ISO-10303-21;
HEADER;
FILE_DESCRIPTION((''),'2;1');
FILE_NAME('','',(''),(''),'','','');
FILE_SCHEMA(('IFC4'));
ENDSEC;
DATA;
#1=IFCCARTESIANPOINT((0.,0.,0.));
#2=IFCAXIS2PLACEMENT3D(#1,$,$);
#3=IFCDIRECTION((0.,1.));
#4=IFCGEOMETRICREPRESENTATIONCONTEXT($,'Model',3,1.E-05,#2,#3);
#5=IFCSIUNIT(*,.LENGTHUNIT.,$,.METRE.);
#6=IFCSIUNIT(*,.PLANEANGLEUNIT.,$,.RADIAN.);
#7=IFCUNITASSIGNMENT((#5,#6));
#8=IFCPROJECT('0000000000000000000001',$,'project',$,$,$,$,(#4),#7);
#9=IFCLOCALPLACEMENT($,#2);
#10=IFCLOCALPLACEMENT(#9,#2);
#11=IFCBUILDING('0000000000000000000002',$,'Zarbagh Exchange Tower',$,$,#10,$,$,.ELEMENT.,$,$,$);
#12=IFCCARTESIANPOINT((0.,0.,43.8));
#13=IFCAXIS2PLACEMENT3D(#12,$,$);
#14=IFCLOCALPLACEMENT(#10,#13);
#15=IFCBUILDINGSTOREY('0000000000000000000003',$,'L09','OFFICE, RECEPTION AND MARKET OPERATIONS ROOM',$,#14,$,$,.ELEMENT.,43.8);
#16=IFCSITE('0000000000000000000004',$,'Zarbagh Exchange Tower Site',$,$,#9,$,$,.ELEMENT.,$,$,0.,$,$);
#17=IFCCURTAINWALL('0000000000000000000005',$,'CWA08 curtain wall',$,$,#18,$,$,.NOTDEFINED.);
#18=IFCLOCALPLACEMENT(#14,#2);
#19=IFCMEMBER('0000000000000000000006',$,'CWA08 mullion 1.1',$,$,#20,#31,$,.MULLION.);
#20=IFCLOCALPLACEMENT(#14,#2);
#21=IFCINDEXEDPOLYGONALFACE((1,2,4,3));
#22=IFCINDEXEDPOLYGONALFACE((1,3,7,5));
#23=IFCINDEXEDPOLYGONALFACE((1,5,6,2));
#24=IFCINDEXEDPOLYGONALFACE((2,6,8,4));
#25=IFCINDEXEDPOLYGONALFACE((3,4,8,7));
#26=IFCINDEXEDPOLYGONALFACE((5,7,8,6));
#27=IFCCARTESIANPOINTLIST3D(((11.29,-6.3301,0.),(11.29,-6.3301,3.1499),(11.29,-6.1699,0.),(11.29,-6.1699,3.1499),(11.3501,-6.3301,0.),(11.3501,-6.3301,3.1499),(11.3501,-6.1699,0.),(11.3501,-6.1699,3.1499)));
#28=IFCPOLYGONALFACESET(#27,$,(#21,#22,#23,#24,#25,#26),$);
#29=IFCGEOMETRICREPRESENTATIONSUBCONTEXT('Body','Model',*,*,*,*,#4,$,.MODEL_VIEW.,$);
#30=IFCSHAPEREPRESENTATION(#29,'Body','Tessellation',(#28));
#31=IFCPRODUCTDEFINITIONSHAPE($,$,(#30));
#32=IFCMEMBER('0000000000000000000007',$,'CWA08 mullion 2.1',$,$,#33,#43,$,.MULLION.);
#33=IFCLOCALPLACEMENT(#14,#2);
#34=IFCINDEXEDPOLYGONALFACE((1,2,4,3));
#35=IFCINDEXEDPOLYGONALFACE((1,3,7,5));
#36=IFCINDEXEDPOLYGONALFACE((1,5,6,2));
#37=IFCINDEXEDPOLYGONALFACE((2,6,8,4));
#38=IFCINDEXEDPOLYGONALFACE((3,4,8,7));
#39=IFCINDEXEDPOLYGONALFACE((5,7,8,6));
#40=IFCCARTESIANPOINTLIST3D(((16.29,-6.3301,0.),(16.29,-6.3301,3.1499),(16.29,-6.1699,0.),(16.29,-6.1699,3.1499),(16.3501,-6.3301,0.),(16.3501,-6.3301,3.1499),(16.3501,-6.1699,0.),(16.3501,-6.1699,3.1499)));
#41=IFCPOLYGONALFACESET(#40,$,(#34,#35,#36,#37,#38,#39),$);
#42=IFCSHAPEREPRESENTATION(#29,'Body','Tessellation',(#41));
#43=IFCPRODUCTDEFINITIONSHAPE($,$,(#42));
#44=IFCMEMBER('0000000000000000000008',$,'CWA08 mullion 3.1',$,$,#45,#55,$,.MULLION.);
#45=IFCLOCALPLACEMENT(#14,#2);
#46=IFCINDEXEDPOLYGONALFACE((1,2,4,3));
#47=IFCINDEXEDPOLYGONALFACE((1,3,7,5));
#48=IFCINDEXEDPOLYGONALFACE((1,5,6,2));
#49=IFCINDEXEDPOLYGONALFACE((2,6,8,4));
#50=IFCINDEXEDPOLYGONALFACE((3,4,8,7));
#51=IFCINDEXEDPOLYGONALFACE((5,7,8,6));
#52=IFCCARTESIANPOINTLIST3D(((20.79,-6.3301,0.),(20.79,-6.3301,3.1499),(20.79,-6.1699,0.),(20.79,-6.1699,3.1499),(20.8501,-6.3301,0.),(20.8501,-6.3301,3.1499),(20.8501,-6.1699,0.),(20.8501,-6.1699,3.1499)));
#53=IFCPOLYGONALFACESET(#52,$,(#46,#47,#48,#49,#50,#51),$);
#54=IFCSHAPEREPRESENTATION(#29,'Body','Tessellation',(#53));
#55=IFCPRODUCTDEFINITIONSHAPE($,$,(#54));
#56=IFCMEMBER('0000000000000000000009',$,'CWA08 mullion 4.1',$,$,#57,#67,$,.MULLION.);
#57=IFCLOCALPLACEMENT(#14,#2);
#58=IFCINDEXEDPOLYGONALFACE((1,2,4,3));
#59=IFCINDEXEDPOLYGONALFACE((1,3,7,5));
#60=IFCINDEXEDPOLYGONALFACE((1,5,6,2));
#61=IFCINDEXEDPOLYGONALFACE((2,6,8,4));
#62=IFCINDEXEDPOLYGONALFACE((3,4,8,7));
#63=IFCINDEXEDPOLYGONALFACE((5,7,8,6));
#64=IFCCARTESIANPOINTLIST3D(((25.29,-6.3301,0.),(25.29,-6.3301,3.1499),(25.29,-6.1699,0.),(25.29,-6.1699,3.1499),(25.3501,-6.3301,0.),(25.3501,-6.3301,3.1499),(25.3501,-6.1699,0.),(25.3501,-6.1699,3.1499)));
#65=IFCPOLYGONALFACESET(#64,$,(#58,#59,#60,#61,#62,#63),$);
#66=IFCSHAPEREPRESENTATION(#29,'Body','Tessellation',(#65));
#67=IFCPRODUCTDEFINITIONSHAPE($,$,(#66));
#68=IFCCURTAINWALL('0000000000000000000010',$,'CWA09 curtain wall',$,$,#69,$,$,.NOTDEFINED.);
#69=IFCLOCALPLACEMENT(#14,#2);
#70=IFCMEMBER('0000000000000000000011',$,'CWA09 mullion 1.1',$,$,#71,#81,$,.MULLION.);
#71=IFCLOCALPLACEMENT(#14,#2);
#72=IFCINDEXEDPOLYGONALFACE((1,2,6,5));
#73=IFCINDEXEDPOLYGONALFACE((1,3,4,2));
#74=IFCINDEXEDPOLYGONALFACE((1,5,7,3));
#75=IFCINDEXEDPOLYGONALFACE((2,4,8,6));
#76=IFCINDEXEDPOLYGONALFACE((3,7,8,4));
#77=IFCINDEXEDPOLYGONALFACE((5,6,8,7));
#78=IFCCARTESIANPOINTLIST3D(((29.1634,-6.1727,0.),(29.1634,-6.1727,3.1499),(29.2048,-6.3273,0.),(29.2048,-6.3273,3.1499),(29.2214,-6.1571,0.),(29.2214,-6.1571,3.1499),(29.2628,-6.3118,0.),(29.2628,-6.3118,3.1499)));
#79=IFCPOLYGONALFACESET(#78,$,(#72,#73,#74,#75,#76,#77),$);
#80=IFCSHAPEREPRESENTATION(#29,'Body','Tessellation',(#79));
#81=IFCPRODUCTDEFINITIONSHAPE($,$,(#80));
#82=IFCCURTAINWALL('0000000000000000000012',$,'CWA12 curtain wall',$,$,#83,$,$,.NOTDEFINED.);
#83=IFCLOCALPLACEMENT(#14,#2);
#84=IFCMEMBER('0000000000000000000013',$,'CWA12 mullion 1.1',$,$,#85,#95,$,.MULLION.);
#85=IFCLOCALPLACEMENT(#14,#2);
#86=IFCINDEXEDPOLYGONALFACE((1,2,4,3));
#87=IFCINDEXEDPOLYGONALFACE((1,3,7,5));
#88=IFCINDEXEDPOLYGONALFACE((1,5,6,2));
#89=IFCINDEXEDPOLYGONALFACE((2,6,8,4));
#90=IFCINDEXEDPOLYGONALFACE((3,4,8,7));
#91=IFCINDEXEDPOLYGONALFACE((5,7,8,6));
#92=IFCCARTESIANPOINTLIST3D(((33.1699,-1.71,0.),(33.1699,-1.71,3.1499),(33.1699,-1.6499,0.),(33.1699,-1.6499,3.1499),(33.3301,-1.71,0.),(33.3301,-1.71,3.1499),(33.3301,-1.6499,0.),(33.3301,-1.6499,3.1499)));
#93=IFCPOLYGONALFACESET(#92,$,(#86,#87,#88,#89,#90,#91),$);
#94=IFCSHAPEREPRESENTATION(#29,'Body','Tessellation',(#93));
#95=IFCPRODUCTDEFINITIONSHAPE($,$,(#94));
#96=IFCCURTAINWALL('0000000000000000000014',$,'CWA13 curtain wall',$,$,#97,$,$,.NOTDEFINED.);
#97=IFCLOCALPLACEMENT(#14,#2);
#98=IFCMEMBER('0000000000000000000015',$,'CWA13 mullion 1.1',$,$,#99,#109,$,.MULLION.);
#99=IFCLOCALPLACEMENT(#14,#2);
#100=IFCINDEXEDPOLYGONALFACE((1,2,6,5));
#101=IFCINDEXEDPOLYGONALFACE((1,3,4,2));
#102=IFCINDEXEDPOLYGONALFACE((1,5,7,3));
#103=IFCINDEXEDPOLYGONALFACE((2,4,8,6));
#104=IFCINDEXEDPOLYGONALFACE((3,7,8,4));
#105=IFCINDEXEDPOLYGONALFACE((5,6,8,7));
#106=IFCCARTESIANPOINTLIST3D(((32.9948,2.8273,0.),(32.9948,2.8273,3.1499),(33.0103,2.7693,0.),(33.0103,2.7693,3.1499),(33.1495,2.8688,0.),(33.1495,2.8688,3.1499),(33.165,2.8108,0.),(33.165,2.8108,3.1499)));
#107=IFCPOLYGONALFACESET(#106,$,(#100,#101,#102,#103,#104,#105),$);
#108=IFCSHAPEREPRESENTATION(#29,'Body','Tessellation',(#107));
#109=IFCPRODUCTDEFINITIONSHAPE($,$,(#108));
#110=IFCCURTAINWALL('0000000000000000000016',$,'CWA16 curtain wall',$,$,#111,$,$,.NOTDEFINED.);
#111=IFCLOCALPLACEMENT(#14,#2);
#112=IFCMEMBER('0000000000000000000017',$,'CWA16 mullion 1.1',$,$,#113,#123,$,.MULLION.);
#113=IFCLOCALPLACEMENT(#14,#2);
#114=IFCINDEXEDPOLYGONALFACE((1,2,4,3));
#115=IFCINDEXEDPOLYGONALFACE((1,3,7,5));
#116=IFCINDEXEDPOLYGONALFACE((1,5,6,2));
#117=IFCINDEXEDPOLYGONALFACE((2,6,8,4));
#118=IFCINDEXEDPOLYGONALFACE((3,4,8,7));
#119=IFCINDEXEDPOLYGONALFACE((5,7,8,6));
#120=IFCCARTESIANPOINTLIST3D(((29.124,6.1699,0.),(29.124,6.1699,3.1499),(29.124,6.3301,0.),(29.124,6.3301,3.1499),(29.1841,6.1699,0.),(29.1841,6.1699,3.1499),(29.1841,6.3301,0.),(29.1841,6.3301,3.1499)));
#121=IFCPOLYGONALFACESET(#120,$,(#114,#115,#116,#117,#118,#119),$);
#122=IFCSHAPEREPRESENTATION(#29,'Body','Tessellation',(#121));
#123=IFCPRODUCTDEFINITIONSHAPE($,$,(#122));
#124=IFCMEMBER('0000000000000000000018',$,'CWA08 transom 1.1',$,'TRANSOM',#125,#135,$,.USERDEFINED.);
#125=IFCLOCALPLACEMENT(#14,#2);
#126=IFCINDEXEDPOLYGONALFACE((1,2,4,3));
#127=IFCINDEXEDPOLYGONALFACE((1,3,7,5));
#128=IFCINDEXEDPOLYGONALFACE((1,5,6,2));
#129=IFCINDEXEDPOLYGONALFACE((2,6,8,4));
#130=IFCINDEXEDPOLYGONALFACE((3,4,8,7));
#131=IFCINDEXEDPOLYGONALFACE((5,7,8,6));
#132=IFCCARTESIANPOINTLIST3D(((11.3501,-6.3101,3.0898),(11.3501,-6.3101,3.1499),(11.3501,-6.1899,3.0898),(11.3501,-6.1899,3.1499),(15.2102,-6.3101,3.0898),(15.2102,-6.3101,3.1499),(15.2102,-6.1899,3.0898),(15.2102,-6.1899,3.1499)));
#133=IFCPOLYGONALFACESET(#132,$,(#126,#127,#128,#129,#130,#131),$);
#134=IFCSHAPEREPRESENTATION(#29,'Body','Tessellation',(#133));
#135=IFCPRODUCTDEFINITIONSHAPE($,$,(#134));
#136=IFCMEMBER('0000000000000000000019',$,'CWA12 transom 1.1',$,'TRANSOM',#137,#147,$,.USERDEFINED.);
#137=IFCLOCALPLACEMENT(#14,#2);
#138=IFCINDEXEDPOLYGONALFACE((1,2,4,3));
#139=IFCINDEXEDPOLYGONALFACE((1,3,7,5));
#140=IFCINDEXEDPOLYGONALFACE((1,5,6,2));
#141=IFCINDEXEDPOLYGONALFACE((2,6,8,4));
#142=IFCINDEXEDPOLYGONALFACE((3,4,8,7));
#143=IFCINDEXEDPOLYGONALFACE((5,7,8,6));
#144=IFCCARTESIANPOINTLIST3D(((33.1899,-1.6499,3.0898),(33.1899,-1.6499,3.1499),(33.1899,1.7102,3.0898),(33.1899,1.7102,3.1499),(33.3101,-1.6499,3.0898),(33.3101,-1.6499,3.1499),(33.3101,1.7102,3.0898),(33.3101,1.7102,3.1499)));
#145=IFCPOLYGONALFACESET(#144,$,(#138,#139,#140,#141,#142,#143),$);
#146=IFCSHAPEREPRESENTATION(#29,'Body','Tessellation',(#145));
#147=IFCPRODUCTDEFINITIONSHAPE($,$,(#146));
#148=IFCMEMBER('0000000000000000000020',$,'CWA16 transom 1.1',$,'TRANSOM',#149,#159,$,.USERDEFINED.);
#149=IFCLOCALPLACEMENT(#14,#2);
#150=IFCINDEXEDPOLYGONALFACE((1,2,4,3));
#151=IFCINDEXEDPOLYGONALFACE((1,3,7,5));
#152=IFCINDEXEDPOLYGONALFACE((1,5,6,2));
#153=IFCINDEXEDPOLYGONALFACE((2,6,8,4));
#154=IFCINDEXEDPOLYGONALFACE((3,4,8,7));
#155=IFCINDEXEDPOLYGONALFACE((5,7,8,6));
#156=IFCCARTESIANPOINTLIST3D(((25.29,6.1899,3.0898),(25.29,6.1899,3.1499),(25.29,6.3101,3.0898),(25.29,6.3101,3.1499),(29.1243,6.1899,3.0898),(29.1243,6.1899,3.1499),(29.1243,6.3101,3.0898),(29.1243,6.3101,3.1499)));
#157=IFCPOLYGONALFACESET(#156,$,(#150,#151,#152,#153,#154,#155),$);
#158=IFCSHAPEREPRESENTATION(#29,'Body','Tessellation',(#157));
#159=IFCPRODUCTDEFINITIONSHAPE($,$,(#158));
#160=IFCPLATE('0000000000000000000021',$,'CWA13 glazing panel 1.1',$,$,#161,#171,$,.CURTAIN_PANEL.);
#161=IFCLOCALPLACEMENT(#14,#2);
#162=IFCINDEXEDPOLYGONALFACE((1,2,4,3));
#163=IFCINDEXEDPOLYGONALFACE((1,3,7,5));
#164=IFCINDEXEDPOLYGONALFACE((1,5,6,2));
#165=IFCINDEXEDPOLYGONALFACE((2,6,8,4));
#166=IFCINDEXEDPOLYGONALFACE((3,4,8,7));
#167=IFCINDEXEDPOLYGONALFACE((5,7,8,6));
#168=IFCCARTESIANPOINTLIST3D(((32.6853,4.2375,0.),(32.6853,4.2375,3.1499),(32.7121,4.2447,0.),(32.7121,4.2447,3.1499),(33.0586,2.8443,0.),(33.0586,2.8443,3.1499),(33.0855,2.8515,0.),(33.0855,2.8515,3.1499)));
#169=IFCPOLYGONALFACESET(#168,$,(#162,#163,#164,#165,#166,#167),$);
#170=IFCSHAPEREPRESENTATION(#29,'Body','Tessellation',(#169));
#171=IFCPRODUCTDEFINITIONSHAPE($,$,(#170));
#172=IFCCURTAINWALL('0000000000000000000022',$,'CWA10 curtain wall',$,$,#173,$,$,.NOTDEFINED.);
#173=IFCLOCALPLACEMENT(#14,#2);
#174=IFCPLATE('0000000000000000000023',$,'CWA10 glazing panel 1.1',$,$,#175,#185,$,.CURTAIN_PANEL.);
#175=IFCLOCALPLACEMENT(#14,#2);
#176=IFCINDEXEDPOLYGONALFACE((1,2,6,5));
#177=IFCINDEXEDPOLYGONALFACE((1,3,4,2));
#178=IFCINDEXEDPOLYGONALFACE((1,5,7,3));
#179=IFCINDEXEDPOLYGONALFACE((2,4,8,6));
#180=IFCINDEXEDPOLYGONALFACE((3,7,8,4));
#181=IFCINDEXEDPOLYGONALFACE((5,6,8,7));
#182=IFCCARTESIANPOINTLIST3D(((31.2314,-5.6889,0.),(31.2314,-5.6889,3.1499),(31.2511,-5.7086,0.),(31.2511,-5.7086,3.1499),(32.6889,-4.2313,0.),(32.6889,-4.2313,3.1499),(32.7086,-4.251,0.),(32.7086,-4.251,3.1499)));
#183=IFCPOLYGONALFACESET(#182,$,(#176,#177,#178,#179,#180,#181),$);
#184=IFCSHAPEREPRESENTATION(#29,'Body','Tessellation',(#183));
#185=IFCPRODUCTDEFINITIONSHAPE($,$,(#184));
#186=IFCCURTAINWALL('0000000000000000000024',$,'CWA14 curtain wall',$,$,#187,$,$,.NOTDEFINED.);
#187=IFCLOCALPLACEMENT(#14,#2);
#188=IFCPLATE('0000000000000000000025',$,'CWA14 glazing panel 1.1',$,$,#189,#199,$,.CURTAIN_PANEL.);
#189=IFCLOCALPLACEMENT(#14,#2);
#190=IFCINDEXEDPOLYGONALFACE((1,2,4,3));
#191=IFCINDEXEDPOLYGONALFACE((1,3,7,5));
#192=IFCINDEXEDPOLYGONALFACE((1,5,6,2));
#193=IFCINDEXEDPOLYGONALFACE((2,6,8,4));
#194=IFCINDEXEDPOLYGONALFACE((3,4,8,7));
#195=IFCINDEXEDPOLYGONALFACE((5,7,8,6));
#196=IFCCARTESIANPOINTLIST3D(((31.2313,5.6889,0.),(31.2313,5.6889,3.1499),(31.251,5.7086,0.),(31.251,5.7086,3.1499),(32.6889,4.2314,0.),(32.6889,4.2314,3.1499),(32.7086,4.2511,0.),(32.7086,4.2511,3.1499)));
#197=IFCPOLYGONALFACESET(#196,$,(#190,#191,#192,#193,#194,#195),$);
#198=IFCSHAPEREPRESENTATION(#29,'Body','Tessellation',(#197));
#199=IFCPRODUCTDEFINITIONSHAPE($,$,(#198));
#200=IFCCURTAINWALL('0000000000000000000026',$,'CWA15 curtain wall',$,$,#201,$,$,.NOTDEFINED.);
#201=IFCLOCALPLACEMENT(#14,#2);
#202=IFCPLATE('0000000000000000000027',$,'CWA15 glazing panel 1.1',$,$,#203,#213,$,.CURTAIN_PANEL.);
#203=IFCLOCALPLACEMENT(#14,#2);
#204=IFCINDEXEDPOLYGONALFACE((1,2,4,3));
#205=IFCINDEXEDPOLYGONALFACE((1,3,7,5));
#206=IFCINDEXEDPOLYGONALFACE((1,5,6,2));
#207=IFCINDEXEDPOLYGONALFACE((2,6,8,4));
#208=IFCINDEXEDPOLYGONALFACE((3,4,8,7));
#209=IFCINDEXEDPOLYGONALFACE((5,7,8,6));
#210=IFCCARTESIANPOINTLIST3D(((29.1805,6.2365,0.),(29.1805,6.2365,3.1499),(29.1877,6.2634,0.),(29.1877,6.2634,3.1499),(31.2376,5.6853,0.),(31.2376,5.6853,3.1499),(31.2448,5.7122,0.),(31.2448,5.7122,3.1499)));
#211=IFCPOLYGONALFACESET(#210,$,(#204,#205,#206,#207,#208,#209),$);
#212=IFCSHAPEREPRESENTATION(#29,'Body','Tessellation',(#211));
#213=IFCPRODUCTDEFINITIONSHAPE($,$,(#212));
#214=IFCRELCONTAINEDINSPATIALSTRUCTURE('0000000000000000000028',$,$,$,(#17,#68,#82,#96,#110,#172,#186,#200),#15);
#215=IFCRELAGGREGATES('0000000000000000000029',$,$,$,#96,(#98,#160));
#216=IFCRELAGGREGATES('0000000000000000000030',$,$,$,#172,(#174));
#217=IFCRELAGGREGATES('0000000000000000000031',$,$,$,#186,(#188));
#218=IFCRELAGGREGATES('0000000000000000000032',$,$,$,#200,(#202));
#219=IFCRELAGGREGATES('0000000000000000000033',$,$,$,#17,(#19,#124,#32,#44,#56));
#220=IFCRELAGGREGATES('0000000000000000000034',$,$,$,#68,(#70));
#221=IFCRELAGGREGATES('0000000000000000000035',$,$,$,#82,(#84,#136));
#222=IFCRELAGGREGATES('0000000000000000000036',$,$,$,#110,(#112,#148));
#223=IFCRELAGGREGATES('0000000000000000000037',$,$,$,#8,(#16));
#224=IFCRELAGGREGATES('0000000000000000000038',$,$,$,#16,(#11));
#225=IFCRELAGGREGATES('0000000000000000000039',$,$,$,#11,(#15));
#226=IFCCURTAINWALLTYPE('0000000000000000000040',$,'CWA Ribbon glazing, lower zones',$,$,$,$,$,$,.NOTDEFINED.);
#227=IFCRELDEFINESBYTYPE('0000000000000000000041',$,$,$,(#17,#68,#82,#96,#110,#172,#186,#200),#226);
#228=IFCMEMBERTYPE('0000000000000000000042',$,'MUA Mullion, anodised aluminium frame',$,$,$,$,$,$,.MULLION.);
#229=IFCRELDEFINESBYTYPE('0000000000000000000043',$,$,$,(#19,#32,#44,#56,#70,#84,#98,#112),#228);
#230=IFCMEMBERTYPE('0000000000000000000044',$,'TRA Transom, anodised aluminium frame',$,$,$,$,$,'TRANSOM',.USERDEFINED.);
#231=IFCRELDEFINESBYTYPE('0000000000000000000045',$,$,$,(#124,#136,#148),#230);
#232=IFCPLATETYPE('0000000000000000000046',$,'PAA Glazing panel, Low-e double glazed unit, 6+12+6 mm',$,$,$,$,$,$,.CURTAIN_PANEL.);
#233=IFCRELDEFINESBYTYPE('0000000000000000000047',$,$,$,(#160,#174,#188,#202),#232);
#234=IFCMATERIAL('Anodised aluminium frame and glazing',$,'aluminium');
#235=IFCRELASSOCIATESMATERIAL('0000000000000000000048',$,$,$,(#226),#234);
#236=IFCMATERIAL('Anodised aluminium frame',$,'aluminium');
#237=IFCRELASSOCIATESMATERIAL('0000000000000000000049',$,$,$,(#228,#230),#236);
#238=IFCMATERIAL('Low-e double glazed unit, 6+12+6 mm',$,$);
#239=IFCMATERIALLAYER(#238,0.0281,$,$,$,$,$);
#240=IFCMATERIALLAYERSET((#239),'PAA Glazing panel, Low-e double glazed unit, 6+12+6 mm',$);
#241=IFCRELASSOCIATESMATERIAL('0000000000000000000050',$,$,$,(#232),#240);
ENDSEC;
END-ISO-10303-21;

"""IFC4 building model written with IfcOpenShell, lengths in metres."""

from ifc_helpers import new_model, si_unit, direction, frame, origin, place, context, subcontext, project, spatial, polyline, outline, extrude, source, transform, mapped, material, layer, layer_set, type_object, element, aggregate, save


model = new_model("IFC4")

# Units and contexts
model_context = context("Model", 3, precision=1e-05, world=origin(), true_north=direction((0.0, 1.0)))
body_context = subcontext(model_context, "Body", "Model", "MODEL_VIEW")
ifc_project = project(units=[si_unit("LENGTHUNIT", "METRE"), si_unit("PLANEANGLEUNIT", "RADIAN")], contexts=[model_context])

# Site, building, storey
site_placement = place(None, origin())
site = spatial("IfcSite", under=ifc_project, at=site_placement, Name="Zarbagh Exchange Tower Site", CompositionType="ELEMENT", RefElevation=0.0)
building_placement = place(site_placement, origin())
building = spatial("IfcBuilding", under=site, at=building_placement, Name="Zarbagh Exchange Tower", CompositionType="ELEMENT")
storey_placement = place(building_placement, frame((0.0, 0.0, 43.8)))
storey = spatial("IfcBuildingStorey", under=building, at=storey_placement, Name="L09", Description="OFFICE, RECEPTION AND MARKET OPERATIONS ROOM", CompositionType="ELEMENT", Elevation=43.8)

# Curtain wall, members
ifc_material_1 = material(Name="Anodised aluminium frame and glazing", Category="aluminium")
curtain_wall_type = type_object("IfcCurtainWallType", Name="CWA Ribbon glazing, lower zones", PredefinedType="NOTDEFINED", material=ifc_material_1)
curtain_wall_1_placement = place(storey_placement, origin())
curtain_wall_1 = element("IfcCurtainWall", 1, at=curtain_wall_1_placement, inside=storey, type_object=curtain_wall_type, Name="CWA08 curtain wall", PredefinedType="NOTDEFINED")
ifc_material_2 = material(Name="Anodised aluminium frame", Category="aluminium")
member_type_1 = type_object("IfcMemberType", Name="MUA Mullion, anodised aluminium frame", PredefinedType="MULLION", material=ifc_material_2)
shared_shape_1 = source(origin(), body_context, "Body", "SweptSolid", [
    extrude(outline(polyline([(0.0, -0.0801), (0.0601, -0.0801), (0.0601, 0.0801), (0.0, 0.0801), (0.0, -0.0801)])), origin(), (0.0, 0.0, 1.0), 3.1499),
])
placement = place(storey_placement, origin())
member_1 = element("IfcMember", 2, at=placement, type_object=member_type_1, Name="CWA08 mullion 1.1", PredefinedType="MULLION", context=body_context, shape_type="MappedRepresentation", body=[
    mapped(shared_shape_1, transform((11.29, -6.25, 0.0), x_axis=(1.0, 0.0, 0.0), y_axis=(0.0, 1.0, 0.0), z_axis=(0.0, 0.0, 1.0))),
])
member_2 = element("IfcMember", 3, at=placement, type_object=member_type_1, Name="CWA08 mullion 2.1", PredefinedType="MULLION", context=body_context, shape_type="MappedRepresentation", body=[
    mapped(shared_shape_1, transform((16.29, -6.25, 0.0), x_axis=(1.0, 0.0, 0.0), y_axis=(0.0, 1.0, 0.0), z_axis=(0.0, 0.0, 1.0))),
])
member_3 = element("IfcMember", 4, at=placement, type_object=member_type_1, Name="CWA08 mullion 3.1", PredefinedType="MULLION", context=body_context, shape_type="MappedRepresentation", body=[
    mapped(shared_shape_1, transform((20.79, -6.25, 0.0), x_axis=(1.0, 0.0, 0.0), y_axis=(0.0, 1.0, 0.0), z_axis=(0.0, 0.0, 1.0))),
])
member_4 = element("IfcMember", 5, at=placement, type_object=member_type_1, Name="CWA08 mullion 4.1", PredefinedType="MULLION", context=body_context, shape_type="MappedRepresentation", body=[
    mapped(shared_shape_1, transform((25.29, -6.25, 0.0), x_axis=(1.0, 0.0, 0.0), y_axis=(0.0, 1.0, 0.0), z_axis=(0.0, 0.0, 1.0))),
])

# Curtain walls, members
curtain_wall_2_placement = place(storey_placement, origin())
curtain_wall_2 = element("IfcCurtainWall", 6, at=curtain_wall_2_placement, inside=storey, type_object=curtain_wall_type, Name="CWA09 curtain wall", PredefinedType="NOTDEFINED")
member_5 = element("IfcMember", 7, at=placement, type_object=member_type_1, Name="CWA09 mullion 1.1", PredefinedType="MULLION", context=body_context, shape_type="MappedRepresentation", body=[
    mapped(shared_shape_1, transform((29.1841, -6.25, 0.0), x_axis=(0.965924, 0.258825, 0.0), y_axis=(-0.258825, 0.965924, 0.0), z_axis=(0.0, 0.0, 1.0))),
])
curtain_wall_3_placement = place(storey_placement, origin())
curtain_wall_3 = element("IfcCurtainWall", 8, at=curtain_wall_3_placement, inside=storey, type_object=curtain_wall_type, Name="CWA12 curtain wall", PredefinedType="NOTDEFINED")
member_6 = element("IfcMember", 9, at=placement, type_object=member_type_1, Name="CWA12 mullion 1.1", PredefinedType="MULLION", context=body_context, shape_type="MappedRepresentation", body=[
    mapped(shared_shape_1, transform((33.25, -1.71, 0.0), x_axis=(0.0, 1.0, 0.0), y_axis=(-1.0, 0.0, 0.0), z_axis=(0.0, 0.0, 1.0))),
])
curtain_wall_4_placement = place(storey_placement, origin())
curtain_wall_4 = element("IfcCurtainWall", 10, at=curtain_wall_4_placement, inside=storey, type_object=curtain_wall_type, Name="CWA13 curtain wall", PredefinedType="NOTDEFINED")
member_7 = element("IfcMember", 11, at=placement, type_object=member_type_1, Name="CWA13 mullion 1.1", PredefinedType="MULLION", context=body_context, shape_type="MappedRepresentation", body=[
    mapped(shared_shape_1, transform((33.0876, 2.79, 0.0), x_axis=(-0.258825, 0.965924, 0.0), y_axis=(-0.965924, -0.258825, 0.0), z_axis=(0.0, 0.0, 1.0))),
])
curtain_wall_5_placement = place(storey_placement, origin())
curtain_wall_5 = element("IfcCurtainWall", 12, at=curtain_wall_5_placement, inside=storey, type_object=curtain_wall_type, Name="CWA16 curtain wall", PredefinedType="NOTDEFINED")
member_8 = element("IfcMember", 13, at=placement, type_object=member_type_1, Name="CWA16 mullion 1.1", PredefinedType="MULLION", context=body_context, shape_type="MappedRepresentation", body=[
    mapped(shared_shape_1, transform((29.1841, 6.25, 0.0), x_axis=(-1.0, 0.0, 0.0), y_axis=(0.0, -1.0, 0.0), z_axis=(0.0, 0.0, 1.0))),
])

# Members
member_type_2 = type_object("IfcMemberType", Name="TRA Transom, anodised aluminium frame", ElementType="TRANSOM", PredefinedType="USERDEFINED", material=ifc_material_2)
shared_shape_2 = source(origin(), body_context, "Body", "SweptSolid", [
    extrude(outline(polyline([(-0.0601, -0.0601), (0.0, -0.0601), (0.0, 0.0601), (-0.0601, 0.0601), (-0.0601, -0.0601)])), origin(), (0.0, 0.0, 1.0), 3.8601),
])
member_9 = element("IfcMember", 14, at=placement, type_object=member_type_2, Name="CWA08 transom 1.1", ObjectType="TRANSOM", PredefinedType="USERDEFINED", context=body_context, shape_type="MappedRepresentation", body=[
    mapped(shared_shape_2, transform((11.3501, -6.25, 3.1499), x_axis=(0.0, 0.0, 1.0), y_axis=(0.0, -1.0, 0.0), z_axis=(1.0, 0.0, 0.0))),
])
shared_shape_3 = source(origin(), body_context, "Body", "SweptSolid", [
    extrude(outline(polyline([(-0.0601, -0.0601), (0.0, -0.0601), (0.0, 0.0601), (-0.0601, 0.0601), (-0.0601, -0.0601)])), origin(), (0.0, 0.0, 1.0), 3.3601),
])
member_10 = element("IfcMember", 15, at=placement, type_object=member_type_2, Name="CWA12 transom 1.1", ObjectType="TRANSOM", PredefinedType="USERDEFINED", context=body_context, shape_type="MappedRepresentation", body=[
    mapped(shared_shape_3, transform((33.25, -1.6499, 3.1499), x_axis=(0.0, 0.0, 1.0), y_axis=(1.0, 0.0, 0.0), z_axis=(0.0, 1.0, 0.0))),
])
shared_shape_4 = source(origin(), body_context, "Body", "SweptSolid", [
    extrude(outline(polyline([(-0.0601, -0.0601), (0.0, -0.0601), (0.0, 0.0601), (-0.0601, 0.0601), (-0.0601, -0.0601)])), origin(), (0.0, 0.0, 1.0), 3.8342),
])
member_11 = element("IfcMember", 16, at=placement, type_object=member_type_2, Name="CWA16 transom 1.1", ObjectType="TRANSOM", PredefinedType="USERDEFINED", context=body_context, shape_type="MappedRepresentation", body=[
    mapped(shared_shape_4, transform((29.1243, 6.25, 3.1499), x_axis=(0.0, 0.0, 1.0), y_axis=(0.0, 1.0, 0.0), z_axis=(-1.0, 0.0, 0.0))),
])

# Plate
ifc_material_3 = material(Name="Low-e double glazed unit, 6+12+6 mm")
ifc_layer = layer(ifc_material_3, 0.0281)
ifc_layer_set = layer_set([ifc_layer], Name="PAA Glazing panel, Low-e double glazed unit, 6+12+6 mm")
plate_type = type_object("IfcPlateType", Name="PAA Glazing panel, Low-e double glazed unit, 6+12+6 mm", PredefinedType="CURTAIN_PANEL", material=ifc_layer_set)
shared_shape_5 = source(origin(), body_context, "Body", "SweptSolid", [
    extrude(outline(polyline([(0.0, -0.0139), (1.4424, -0.0139), (1.4424, 0.0139), (0.0, 0.0139), (0.0, -0.0139)])), origin(), (0.0, 0.0, 1.0), 3.1499),
])
plate_1 = element("IfcPlate", 17, at=placement, type_object=plate_type, Name="CWA13 glazing panel 1.1", PredefinedType="CURTAIN_PANEL", context=body_context, shape_type="MappedRepresentation", body=[
    mapped(shared_shape_5, transform((33.072, 2.8479, 0.0), x_axis=(-0.258825, 0.965924, 0.0), y_axis=(-0.965924, -0.258825, 0.0), z_axis=(0.0, 0.0, 1.0))),
])
aggregate(curtain_wall_4, [member_7, plate_1])

# Curtain walls, plates
curtain_wall_6_placement = place(storey_placement, origin())
curtain_wall_6 = element("IfcCurtainWall", 18, at=curtain_wall_6_placement, inside=storey, type_object=curtain_wall_type, Name="CWA10 curtain wall", PredefinedType="NOTDEFINED")
shared_shape_6 = source(origin(), body_context, "Body", "SweptSolid", [
    extrude(outline(polyline([(0.0, -0.0139), (2.0613, -0.0139), (2.0613, 0.0139), (0.0, 0.0139), (0.0, -0.0139)])), origin(), (0.0, 0.0, 1.0), 3.1499),
])
plate_2 = element("IfcPlate", 19, at=placement, type_object=plate_type, Name="CWA10 glazing panel 1.1", PredefinedType="CURTAIN_PANEL", context=body_context, shape_type="MappedRepresentation", body=[
    mapped(shared_shape_6, transform((31.2412, -5.6987, 0.0), x_axis=(0.707107, 0.707107, 0.0), y_axis=(-0.707107, 0.707107, 0.0), z_axis=(0.0, 0.0, 1.0))),
])
aggregate(curtain_wall_6, [plate_2])
curtain_wall_7_placement = place(storey_placement, origin())
curtain_wall_7 = element("IfcCurtainWall", 20, at=curtain_wall_7_placement, inside=storey, type_object=curtain_wall_type, Name="CWA14 curtain wall", PredefinedType="NOTDEFINED")
plate_3 = element("IfcPlate", 21, at=placement, type_object=plate_type, Name="CWA14 glazing panel 1.1", PredefinedType="CURTAIN_PANEL", context=body_context, shape_type="MappedRepresentation", body=[
    mapped(shared_shape_6, transform((32.6987, 4.2412, 0.0), x_axis=(-0.707107, 0.707107, 0.0), y_axis=(-0.707107, -0.707107, 0.0), z_axis=(0.0, 0.0, 1.0))),
])
aggregate(curtain_wall_7, [plate_3])
curtain_wall_8_placement = place(storey_placement, origin())
curtain_wall_8 = element("IfcCurtainWall", 22, at=curtain_wall_8_placement, inside=storey, type_object=curtain_wall_type, Name="CWA15 curtain wall", PredefinedType="NOTDEFINED")
shared_shape_7 = source(origin(), body_context, "Body", "SweptSolid", [
    extrude(outline(polyline([(0.0, -0.0139), (2.1296, -0.0139), (2.1296, 0.0139), (0.0, 0.0139), (0.0, -0.0139)])), origin(), (0.0, 0.0, 1.0), 3.1499),
])
plate_4 = element("IfcPlate", 23, at=placement, type_object=plate_type, Name="CWA15 glazing panel 1.1", PredefinedType="CURTAIN_PANEL", context=body_context, shape_type="MappedRepresentation", body=[
    mapped(shared_shape_7, transform((31.2412, 5.6987, 0.0), x_axis=(-0.965924, 0.258825, 0.0), y_axis=(-0.258825, -0.965924, 0.0), z_axis=(0.0, 0.0, 1.0))),
])
aggregate(curtain_wall_8, [plate_4])

aggregate(curtain_wall_1, [member_1, member_9, member_2, member_3, member_4])
aggregate(curtain_wall_2, [member_5])

aggregate(curtain_wall_3, [member_6, member_10])
aggregate(curtain_wall_5, [member_8, member_11])

save(model, "model.ifc")
